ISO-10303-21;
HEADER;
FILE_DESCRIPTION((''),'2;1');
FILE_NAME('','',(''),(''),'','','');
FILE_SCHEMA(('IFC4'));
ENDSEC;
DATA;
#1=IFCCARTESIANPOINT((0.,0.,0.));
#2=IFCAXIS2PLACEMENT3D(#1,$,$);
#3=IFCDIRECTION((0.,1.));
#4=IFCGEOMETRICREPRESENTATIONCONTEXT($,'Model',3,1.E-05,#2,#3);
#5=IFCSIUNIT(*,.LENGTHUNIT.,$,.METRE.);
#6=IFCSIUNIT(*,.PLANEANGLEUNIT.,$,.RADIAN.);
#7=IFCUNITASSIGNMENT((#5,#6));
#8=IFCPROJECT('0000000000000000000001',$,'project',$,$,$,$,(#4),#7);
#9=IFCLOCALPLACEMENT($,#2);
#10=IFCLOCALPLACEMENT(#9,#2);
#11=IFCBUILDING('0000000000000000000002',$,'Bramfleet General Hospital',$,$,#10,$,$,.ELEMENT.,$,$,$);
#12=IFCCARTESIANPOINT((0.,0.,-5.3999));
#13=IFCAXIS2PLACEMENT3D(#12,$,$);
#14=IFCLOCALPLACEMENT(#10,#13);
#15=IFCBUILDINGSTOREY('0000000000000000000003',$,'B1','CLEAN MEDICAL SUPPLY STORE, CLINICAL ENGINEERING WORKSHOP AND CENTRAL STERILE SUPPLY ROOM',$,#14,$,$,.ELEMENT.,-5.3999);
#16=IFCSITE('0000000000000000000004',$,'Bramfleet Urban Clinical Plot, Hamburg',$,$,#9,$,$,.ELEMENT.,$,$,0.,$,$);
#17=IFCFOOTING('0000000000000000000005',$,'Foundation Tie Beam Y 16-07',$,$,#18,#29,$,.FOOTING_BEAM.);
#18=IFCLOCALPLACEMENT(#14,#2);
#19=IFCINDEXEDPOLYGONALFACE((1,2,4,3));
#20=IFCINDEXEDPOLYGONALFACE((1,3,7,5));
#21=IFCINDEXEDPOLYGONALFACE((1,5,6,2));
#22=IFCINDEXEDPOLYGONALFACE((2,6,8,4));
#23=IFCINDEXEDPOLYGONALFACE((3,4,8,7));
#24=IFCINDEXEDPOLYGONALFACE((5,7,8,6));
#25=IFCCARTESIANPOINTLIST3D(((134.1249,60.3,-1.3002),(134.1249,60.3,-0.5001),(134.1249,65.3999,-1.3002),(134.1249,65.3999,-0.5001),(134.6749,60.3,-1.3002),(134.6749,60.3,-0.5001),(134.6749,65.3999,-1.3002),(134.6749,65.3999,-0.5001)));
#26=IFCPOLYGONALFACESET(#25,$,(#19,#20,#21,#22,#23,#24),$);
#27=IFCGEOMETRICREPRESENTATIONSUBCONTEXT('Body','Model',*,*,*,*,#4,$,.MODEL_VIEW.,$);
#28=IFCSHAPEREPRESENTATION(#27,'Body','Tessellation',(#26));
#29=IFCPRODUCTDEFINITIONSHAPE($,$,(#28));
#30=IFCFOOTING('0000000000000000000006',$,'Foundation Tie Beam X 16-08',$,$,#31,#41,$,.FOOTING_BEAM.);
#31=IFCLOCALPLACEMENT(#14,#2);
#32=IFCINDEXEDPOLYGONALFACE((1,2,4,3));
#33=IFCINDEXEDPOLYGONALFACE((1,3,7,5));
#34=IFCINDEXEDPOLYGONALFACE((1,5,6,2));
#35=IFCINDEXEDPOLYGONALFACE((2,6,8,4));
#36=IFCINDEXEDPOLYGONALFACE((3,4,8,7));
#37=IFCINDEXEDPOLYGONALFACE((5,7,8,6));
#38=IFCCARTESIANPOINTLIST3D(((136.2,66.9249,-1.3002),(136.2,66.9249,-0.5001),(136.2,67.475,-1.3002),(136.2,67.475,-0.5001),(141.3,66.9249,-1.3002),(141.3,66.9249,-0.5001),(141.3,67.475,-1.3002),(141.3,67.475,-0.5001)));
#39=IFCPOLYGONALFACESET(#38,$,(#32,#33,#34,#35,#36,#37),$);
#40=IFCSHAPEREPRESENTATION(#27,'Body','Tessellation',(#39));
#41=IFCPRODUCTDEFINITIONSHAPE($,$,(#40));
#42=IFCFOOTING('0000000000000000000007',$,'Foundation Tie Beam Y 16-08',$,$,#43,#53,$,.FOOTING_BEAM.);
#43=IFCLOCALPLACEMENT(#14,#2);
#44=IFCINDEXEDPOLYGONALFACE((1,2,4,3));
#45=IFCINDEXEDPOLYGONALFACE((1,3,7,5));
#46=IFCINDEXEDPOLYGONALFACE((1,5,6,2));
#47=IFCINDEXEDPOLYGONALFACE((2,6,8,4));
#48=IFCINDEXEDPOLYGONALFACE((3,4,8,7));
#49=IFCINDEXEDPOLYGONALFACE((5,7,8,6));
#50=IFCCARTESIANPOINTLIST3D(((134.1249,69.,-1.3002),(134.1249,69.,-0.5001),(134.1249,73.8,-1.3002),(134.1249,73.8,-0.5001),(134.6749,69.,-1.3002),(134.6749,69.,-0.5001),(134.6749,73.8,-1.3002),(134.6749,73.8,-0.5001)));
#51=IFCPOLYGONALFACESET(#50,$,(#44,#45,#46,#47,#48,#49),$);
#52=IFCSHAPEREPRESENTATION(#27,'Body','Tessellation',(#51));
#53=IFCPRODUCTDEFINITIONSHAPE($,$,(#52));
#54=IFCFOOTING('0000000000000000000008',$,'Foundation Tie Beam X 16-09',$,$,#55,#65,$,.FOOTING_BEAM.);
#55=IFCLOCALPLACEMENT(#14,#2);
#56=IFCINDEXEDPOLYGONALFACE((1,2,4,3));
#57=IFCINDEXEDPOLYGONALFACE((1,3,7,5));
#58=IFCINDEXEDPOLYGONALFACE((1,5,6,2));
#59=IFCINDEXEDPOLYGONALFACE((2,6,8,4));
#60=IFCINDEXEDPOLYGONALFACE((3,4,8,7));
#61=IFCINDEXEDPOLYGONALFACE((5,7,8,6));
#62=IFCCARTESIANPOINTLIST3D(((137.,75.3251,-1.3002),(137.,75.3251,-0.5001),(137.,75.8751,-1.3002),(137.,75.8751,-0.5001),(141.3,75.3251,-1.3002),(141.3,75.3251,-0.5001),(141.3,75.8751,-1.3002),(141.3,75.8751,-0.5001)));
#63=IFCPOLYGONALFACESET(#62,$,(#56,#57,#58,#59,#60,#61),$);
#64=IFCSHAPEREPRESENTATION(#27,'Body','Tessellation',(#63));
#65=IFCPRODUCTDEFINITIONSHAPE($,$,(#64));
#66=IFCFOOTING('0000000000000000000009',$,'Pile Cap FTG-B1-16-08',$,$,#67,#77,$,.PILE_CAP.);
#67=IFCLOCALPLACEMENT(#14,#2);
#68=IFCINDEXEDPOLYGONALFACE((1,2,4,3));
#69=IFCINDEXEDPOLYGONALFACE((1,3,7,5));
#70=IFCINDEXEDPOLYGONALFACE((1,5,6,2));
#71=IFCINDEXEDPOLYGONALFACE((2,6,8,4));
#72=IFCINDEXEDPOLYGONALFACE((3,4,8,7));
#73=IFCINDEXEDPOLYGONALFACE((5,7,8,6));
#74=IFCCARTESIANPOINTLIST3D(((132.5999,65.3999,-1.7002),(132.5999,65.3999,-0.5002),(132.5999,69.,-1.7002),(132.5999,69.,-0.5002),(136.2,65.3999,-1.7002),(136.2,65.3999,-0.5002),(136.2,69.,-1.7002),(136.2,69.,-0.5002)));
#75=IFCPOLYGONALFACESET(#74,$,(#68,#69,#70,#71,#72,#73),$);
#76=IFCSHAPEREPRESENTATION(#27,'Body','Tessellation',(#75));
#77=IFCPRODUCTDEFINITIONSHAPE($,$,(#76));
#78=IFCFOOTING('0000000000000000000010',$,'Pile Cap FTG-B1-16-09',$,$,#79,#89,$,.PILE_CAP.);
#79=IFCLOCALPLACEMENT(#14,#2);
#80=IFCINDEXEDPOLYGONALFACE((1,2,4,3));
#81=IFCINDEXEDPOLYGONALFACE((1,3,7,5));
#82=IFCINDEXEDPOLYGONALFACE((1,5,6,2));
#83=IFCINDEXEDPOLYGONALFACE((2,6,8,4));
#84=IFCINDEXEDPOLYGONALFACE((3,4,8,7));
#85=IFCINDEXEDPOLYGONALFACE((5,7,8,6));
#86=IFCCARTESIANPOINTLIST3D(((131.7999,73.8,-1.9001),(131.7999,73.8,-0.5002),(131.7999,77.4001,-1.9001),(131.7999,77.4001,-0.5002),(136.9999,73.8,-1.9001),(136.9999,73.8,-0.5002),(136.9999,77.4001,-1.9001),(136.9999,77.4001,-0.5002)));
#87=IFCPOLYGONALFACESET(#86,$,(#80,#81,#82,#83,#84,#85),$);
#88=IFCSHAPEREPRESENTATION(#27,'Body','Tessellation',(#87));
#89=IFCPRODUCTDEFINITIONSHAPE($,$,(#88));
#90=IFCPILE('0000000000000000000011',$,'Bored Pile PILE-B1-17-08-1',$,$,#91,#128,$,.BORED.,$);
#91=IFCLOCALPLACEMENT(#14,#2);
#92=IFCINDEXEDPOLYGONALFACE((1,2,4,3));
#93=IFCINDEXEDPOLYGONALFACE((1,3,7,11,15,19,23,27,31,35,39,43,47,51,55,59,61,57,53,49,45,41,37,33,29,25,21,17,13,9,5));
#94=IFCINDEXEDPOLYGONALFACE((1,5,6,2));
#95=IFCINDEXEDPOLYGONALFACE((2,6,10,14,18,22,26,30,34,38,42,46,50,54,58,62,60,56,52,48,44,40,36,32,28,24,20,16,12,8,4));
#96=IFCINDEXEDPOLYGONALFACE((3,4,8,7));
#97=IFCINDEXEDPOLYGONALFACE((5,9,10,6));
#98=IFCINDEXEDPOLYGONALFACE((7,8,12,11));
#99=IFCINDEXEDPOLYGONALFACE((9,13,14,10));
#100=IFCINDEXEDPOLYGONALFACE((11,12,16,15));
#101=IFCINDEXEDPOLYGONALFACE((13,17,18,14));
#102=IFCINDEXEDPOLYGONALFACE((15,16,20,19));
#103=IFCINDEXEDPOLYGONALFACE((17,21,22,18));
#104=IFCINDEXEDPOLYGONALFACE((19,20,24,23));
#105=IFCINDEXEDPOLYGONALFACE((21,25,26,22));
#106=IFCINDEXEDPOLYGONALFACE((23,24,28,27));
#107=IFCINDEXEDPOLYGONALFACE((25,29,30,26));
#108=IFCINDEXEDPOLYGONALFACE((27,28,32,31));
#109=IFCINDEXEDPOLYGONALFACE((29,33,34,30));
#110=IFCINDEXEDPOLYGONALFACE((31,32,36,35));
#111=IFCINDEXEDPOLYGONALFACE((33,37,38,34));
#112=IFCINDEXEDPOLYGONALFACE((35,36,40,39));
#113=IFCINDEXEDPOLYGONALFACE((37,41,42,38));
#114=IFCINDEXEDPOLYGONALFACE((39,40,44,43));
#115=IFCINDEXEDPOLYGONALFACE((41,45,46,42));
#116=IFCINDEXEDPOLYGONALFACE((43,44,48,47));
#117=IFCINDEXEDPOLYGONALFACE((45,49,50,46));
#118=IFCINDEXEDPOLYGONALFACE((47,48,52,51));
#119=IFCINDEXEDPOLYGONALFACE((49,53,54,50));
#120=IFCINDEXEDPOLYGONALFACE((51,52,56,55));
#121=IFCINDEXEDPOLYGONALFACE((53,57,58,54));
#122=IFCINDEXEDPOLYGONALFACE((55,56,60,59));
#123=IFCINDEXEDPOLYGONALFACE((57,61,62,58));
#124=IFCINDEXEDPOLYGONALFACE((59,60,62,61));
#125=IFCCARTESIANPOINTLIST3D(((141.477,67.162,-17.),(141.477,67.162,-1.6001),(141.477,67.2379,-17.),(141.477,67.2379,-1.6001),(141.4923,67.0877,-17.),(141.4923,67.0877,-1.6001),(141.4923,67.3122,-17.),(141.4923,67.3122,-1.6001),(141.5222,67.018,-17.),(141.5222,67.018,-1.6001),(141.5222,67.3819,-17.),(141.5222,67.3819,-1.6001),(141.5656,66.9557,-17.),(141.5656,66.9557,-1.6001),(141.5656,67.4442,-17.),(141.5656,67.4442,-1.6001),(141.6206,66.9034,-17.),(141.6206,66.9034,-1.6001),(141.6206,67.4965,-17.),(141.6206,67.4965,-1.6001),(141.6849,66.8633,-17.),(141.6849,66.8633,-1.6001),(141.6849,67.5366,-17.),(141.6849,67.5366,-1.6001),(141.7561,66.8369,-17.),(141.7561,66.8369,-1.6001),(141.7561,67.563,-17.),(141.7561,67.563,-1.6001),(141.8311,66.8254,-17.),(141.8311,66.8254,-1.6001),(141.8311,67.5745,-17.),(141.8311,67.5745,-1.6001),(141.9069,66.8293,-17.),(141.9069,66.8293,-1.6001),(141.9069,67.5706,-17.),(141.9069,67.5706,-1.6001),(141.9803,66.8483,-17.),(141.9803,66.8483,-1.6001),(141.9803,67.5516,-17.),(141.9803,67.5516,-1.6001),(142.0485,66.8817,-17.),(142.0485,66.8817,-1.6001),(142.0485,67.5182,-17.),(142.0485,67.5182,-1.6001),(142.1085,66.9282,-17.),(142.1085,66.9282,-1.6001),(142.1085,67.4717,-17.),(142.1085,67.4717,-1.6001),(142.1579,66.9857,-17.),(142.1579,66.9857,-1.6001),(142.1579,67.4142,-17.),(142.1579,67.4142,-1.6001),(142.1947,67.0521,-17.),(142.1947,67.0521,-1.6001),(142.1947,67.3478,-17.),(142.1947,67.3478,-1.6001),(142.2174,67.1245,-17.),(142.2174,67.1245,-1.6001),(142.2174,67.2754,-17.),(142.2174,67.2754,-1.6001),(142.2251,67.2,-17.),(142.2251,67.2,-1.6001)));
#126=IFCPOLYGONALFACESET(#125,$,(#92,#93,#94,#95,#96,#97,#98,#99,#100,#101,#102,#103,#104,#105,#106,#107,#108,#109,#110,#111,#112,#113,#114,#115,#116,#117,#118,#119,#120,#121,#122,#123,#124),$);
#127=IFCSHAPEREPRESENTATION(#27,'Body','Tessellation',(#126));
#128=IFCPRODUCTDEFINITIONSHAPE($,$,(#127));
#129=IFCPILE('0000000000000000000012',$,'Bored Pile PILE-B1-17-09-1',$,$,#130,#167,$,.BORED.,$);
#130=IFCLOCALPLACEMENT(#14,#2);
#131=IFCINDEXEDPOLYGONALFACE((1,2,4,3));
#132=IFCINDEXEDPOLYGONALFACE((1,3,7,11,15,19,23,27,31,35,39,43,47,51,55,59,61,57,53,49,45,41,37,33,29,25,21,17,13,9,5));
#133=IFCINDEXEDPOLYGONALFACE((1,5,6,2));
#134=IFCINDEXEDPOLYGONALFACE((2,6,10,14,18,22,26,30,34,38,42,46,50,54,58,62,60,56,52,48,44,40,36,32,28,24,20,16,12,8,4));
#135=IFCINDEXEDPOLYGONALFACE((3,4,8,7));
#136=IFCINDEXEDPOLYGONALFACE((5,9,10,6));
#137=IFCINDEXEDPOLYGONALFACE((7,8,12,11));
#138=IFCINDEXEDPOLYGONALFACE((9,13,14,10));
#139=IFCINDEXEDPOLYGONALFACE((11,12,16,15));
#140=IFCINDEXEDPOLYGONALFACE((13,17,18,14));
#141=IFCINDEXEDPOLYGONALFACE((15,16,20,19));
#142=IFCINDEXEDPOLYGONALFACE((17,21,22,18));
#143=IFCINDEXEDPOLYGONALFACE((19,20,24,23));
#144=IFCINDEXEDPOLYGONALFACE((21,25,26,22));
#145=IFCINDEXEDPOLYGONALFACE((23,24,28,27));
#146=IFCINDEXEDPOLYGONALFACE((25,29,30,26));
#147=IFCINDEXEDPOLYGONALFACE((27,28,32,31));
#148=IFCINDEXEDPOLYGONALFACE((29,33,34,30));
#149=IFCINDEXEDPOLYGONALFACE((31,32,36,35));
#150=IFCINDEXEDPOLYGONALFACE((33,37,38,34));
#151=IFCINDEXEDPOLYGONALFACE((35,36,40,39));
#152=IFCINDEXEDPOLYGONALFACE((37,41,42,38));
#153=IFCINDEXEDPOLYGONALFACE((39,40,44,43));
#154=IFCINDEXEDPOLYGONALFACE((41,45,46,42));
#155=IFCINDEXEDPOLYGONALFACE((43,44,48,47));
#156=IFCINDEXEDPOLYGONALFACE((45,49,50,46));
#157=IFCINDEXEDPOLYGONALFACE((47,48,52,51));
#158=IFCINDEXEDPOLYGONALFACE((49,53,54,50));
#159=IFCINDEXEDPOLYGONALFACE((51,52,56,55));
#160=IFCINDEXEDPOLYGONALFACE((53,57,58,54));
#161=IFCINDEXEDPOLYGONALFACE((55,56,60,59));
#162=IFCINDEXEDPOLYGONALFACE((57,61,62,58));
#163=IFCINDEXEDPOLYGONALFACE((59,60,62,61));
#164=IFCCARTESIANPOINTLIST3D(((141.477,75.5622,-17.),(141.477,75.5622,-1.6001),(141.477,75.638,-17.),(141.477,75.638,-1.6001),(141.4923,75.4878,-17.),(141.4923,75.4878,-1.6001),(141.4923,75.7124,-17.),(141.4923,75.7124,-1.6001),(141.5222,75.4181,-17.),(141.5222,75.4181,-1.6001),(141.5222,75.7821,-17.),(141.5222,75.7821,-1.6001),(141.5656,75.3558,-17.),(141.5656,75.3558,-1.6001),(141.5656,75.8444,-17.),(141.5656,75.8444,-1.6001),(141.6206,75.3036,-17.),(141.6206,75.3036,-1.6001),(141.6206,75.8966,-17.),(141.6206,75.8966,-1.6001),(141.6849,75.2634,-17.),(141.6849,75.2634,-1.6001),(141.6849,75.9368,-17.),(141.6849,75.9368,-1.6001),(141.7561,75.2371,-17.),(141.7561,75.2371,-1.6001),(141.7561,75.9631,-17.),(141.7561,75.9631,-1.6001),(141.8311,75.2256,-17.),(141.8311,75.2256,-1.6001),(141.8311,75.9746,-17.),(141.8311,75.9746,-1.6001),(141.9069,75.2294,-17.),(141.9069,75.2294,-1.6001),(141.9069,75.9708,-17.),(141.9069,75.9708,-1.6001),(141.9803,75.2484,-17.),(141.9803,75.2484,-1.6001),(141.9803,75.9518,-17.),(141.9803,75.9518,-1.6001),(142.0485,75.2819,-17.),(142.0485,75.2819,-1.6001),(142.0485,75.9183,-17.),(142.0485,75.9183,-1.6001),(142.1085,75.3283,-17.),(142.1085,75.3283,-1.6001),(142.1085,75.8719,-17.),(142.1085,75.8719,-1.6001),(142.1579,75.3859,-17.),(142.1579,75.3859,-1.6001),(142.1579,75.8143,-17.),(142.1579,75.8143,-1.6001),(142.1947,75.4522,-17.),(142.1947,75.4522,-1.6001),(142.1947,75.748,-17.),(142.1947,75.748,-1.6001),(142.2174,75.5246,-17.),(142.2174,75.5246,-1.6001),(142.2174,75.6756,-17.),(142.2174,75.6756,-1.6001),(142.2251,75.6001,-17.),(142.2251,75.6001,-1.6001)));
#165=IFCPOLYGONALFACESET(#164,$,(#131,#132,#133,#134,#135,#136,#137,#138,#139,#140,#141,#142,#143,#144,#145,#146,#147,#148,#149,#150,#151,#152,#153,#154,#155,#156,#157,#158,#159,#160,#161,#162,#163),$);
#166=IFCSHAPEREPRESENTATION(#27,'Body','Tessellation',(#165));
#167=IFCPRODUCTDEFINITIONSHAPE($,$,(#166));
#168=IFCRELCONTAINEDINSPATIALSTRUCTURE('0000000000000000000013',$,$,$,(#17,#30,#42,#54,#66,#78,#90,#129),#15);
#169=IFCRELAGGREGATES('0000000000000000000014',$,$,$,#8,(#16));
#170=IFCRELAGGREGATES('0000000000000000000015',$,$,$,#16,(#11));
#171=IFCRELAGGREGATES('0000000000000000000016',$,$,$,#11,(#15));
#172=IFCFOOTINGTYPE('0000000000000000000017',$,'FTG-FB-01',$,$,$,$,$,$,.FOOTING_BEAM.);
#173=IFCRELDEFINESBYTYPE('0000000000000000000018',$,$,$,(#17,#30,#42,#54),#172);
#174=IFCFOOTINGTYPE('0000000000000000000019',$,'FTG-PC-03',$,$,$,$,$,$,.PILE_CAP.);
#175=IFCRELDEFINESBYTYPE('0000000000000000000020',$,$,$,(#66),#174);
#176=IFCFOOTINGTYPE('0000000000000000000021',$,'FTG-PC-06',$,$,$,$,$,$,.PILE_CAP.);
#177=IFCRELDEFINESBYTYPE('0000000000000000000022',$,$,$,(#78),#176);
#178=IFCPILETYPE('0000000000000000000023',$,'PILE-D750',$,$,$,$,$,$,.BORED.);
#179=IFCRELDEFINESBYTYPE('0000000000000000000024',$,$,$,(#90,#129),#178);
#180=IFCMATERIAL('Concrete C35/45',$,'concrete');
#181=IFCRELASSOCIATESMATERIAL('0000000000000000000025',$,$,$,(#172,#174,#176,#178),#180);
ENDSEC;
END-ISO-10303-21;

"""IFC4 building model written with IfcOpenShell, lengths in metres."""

from ifc_helpers import new_model, si_unit, direction, frame, origin, origin_2d, place, context, subcontext, project, spatial, rectangle, circle, extrude, material, material_profile, profile_set, type_object, element, save


model = new_model("IFC4")

# Units and contexts
model_context = context("Model", 3, precision=1e-05, world=origin(), true_north=direction((0.0, 1.0)))
body_context = subcontext(model_context, "Body", "Model", "MODEL_VIEW")
ifc_project = project(units=[si_unit("LENGTHUNIT", "METRE"), si_unit("PLANEANGLEUNIT", "RADIAN")], contexts=[model_context])

# Site, building, storey
site_placement = place(None, origin())
site = spatial("IfcSite", under=ifc_project, at=site_placement, Name="Bramfleet Urban Clinical Plot, Hamburg", CompositionType="ELEMENT", RefElevation=0.0)
building_placement = place(site_placement, origin())
building = spatial("IfcBuilding", under=site, at=building_placement, Name="Bramfleet General Hospital", CompositionType="ELEMENT")
storey_placement = place(building_placement, frame((0.0, 0.0, -5.3999)))
storey = spatial("IfcBuildingStorey", under=building, at=storey_placement, Name="B1", Description="CLEAN MEDICAL SUPPLY STORE, CLINICAL ENGINEERING WORKSHOP AND CENTRAL STERILE SUPPLY ROOM", CompositionType="ELEMENT", Elevation=-5.3999)

# Footings
ifc_material_1 = material(Name="Concrete C35/45", Category="concrete")
ifc_material_profile_1 = material_profile(ifc_material_1, rectangle(XDim=0.55, YDim=0.8, at=origin_2d()), Name="RC FB 800x550")
ifc_profile_set_1 = profile_set([ifc_material_profile_1], Name="Concrete C35/45")
footing_type_1 = type_object("IfcFootingType", Name="FTG-FB-01", PredefinedType="FOOTING_BEAM", material=ifc_profile_set_1)
footing_1_placement = place(storey_placement, frame((134.3999, 60.3, -0.9001), z_axis=(0.0, 1.0, 0.0), x_axis=(-1.0, 0.0, 0.0)))
element("IfcFooting", 1, at=footing_1_placement, inside=storey, type_object=footing_type_1, Name="Foundation Tie Beam Y 16-07", PredefinedType="FOOTING_BEAM", context=body_context, shape_type="SweptSolid", body=[
    extrude(rectangle(XDim=0.55, YDim=0.8, at=origin_2d()), origin(), (0.0, 0.0, 1.0), 5.0999),
])
footing_2_placement = place(storey_placement, frame((136.2, 67.2, -0.9001), z_axis=(1.0, 0.0, 0.0), x_axis=(0.0, 1.0, 0.0)))
element("IfcFooting", 2, at=footing_2_placement, inside=storey, type_object=footing_type_1, Name="Foundation Tie Beam X 16-08", PredefinedType="FOOTING_BEAM", context=body_context, shape_type="SweptSolid", body=[
    extrude(rectangle(XDim=0.55, YDim=0.8, at=origin_2d()), origin(), (0.0, 0.0, 1.0), 5.1001),
])
footing_3_placement = place(storey_placement, frame((134.3999, 69.0, -0.9001), z_axis=(0.0, 1.0, 0.0), x_axis=(-1.0, 0.0, 0.0)))
element("IfcFooting", 3, at=footing_3_placement, inside=storey, type_object=footing_type_1, Name="Foundation Tie Beam Y 16-08", PredefinedType="FOOTING_BEAM", context=body_context, shape_type="SweptSolid", body=[
    extrude(rectangle(XDim=0.55, YDim=0.8, at=origin_2d()), origin(), (0.0, 0.0, 1.0), 4.8),
])
footing_4_placement = place(storey_placement, frame((137.0, 75.6001, -0.9001), z_axis=(1.0, 0.0, 0.0), x_axis=(0.0, 1.0, 0.0)))
element("IfcFooting", 4, at=footing_4_placement, inside=storey, type_object=footing_type_1, Name="Foundation Tie Beam X 16-09", PredefinedType="FOOTING_BEAM", context=body_context, shape_type="SweptSolid", body=[
    extrude(rectangle(XDim=0.55, YDim=0.8, at=origin_2d()), origin(), (0.0, 0.0, 1.0), 4.3),
])
footing_type_2 = type_object("IfcFootingType", Name="FTG-PC-03", PredefinedType="PILE_CAP", material=ifc_material_1)
footing_5_placement = place(storey_placement, frame((134.3999, 67.2, -1.7002), z_axis=(0.0, 0.0, 1.0), x_axis=(1.0, 0.0, 0.0)))
element("IfcFooting", 5, at=footing_5_placement, inside=storey, type_object=footing_type_2, Name="Pile Cap FTG-B1-16-08", PredefinedType="PILE_CAP", context=body_context, shape_type="SweptSolid", body=[
    extrude(rectangle(XDim=3.6001, YDim=3.6001, at=origin_2d()), origin(), (0.0, 0.0, 1.0), 1.2),
])
footing_type_3 = type_object("IfcFootingType", Name="FTG-PC-06", PredefinedType="PILE_CAP", material=ifc_material_1)
footing_6_placement = place(storey_placement, frame((134.3999, 75.6001, -1.9001), z_axis=(0.0, 0.0, 1.0), x_axis=(1.0, 0.0, 0.0)))
element("IfcFooting", 6, at=footing_6_placement, inside=storey, type_object=footing_type_3, Name="Pile Cap FTG-B1-16-09", PredefinedType="PILE_CAP", context=body_context, shape_type="SweptSolid", body=[
    extrude(rectangle(XDim=5.2, YDim=3.6001, at=origin_2d()), origin(), (0.0, 0.0, 1.0), 1.3999),
])

# Piles
ifc_material_profile_2 = material_profile(ifc_material_1, circle(Radius=0.375, at=origin_2d()), Name="PILE BORED D750")
ifc_profile_set_2 = profile_set([ifc_material_profile_2], Name="Concrete C35/45")
pile_type_1 = type_object("IfcPileType", Name="PILE-D750", PredefinedType="BORED", material=ifc_profile_set_2)
for number, where, z_axis, x_axis, name in (
    (7, (141.8501, 67.2, -1.6001), (0.0, 0.0, -1.0), (1.0, 0.0, 0.0), "Bored Pile PILE-B1-17-08-1"),
    (8, (141.8501, 75.6001, -1.6001), (0.0, 0.0, -1.0), (1.0, 0.0, 0.0), "Bored Pile PILE-B1-17-09-1"),
):
    element("IfcPile", number, at=place(storey_placement, frame(where, z_axis=z_axis, x_axis=x_axis)), inside=storey, type_object=pile_type_1, Name=name, PredefinedType="BORED", context=body_context, shape_type="SweptSolid", body=[
        extrude(circle(Radius=0.375, at=origin_2d()), origin(), (0.0, 0.0, 1.0), 15.3999),
    ])

save(model, "model.ifc")
